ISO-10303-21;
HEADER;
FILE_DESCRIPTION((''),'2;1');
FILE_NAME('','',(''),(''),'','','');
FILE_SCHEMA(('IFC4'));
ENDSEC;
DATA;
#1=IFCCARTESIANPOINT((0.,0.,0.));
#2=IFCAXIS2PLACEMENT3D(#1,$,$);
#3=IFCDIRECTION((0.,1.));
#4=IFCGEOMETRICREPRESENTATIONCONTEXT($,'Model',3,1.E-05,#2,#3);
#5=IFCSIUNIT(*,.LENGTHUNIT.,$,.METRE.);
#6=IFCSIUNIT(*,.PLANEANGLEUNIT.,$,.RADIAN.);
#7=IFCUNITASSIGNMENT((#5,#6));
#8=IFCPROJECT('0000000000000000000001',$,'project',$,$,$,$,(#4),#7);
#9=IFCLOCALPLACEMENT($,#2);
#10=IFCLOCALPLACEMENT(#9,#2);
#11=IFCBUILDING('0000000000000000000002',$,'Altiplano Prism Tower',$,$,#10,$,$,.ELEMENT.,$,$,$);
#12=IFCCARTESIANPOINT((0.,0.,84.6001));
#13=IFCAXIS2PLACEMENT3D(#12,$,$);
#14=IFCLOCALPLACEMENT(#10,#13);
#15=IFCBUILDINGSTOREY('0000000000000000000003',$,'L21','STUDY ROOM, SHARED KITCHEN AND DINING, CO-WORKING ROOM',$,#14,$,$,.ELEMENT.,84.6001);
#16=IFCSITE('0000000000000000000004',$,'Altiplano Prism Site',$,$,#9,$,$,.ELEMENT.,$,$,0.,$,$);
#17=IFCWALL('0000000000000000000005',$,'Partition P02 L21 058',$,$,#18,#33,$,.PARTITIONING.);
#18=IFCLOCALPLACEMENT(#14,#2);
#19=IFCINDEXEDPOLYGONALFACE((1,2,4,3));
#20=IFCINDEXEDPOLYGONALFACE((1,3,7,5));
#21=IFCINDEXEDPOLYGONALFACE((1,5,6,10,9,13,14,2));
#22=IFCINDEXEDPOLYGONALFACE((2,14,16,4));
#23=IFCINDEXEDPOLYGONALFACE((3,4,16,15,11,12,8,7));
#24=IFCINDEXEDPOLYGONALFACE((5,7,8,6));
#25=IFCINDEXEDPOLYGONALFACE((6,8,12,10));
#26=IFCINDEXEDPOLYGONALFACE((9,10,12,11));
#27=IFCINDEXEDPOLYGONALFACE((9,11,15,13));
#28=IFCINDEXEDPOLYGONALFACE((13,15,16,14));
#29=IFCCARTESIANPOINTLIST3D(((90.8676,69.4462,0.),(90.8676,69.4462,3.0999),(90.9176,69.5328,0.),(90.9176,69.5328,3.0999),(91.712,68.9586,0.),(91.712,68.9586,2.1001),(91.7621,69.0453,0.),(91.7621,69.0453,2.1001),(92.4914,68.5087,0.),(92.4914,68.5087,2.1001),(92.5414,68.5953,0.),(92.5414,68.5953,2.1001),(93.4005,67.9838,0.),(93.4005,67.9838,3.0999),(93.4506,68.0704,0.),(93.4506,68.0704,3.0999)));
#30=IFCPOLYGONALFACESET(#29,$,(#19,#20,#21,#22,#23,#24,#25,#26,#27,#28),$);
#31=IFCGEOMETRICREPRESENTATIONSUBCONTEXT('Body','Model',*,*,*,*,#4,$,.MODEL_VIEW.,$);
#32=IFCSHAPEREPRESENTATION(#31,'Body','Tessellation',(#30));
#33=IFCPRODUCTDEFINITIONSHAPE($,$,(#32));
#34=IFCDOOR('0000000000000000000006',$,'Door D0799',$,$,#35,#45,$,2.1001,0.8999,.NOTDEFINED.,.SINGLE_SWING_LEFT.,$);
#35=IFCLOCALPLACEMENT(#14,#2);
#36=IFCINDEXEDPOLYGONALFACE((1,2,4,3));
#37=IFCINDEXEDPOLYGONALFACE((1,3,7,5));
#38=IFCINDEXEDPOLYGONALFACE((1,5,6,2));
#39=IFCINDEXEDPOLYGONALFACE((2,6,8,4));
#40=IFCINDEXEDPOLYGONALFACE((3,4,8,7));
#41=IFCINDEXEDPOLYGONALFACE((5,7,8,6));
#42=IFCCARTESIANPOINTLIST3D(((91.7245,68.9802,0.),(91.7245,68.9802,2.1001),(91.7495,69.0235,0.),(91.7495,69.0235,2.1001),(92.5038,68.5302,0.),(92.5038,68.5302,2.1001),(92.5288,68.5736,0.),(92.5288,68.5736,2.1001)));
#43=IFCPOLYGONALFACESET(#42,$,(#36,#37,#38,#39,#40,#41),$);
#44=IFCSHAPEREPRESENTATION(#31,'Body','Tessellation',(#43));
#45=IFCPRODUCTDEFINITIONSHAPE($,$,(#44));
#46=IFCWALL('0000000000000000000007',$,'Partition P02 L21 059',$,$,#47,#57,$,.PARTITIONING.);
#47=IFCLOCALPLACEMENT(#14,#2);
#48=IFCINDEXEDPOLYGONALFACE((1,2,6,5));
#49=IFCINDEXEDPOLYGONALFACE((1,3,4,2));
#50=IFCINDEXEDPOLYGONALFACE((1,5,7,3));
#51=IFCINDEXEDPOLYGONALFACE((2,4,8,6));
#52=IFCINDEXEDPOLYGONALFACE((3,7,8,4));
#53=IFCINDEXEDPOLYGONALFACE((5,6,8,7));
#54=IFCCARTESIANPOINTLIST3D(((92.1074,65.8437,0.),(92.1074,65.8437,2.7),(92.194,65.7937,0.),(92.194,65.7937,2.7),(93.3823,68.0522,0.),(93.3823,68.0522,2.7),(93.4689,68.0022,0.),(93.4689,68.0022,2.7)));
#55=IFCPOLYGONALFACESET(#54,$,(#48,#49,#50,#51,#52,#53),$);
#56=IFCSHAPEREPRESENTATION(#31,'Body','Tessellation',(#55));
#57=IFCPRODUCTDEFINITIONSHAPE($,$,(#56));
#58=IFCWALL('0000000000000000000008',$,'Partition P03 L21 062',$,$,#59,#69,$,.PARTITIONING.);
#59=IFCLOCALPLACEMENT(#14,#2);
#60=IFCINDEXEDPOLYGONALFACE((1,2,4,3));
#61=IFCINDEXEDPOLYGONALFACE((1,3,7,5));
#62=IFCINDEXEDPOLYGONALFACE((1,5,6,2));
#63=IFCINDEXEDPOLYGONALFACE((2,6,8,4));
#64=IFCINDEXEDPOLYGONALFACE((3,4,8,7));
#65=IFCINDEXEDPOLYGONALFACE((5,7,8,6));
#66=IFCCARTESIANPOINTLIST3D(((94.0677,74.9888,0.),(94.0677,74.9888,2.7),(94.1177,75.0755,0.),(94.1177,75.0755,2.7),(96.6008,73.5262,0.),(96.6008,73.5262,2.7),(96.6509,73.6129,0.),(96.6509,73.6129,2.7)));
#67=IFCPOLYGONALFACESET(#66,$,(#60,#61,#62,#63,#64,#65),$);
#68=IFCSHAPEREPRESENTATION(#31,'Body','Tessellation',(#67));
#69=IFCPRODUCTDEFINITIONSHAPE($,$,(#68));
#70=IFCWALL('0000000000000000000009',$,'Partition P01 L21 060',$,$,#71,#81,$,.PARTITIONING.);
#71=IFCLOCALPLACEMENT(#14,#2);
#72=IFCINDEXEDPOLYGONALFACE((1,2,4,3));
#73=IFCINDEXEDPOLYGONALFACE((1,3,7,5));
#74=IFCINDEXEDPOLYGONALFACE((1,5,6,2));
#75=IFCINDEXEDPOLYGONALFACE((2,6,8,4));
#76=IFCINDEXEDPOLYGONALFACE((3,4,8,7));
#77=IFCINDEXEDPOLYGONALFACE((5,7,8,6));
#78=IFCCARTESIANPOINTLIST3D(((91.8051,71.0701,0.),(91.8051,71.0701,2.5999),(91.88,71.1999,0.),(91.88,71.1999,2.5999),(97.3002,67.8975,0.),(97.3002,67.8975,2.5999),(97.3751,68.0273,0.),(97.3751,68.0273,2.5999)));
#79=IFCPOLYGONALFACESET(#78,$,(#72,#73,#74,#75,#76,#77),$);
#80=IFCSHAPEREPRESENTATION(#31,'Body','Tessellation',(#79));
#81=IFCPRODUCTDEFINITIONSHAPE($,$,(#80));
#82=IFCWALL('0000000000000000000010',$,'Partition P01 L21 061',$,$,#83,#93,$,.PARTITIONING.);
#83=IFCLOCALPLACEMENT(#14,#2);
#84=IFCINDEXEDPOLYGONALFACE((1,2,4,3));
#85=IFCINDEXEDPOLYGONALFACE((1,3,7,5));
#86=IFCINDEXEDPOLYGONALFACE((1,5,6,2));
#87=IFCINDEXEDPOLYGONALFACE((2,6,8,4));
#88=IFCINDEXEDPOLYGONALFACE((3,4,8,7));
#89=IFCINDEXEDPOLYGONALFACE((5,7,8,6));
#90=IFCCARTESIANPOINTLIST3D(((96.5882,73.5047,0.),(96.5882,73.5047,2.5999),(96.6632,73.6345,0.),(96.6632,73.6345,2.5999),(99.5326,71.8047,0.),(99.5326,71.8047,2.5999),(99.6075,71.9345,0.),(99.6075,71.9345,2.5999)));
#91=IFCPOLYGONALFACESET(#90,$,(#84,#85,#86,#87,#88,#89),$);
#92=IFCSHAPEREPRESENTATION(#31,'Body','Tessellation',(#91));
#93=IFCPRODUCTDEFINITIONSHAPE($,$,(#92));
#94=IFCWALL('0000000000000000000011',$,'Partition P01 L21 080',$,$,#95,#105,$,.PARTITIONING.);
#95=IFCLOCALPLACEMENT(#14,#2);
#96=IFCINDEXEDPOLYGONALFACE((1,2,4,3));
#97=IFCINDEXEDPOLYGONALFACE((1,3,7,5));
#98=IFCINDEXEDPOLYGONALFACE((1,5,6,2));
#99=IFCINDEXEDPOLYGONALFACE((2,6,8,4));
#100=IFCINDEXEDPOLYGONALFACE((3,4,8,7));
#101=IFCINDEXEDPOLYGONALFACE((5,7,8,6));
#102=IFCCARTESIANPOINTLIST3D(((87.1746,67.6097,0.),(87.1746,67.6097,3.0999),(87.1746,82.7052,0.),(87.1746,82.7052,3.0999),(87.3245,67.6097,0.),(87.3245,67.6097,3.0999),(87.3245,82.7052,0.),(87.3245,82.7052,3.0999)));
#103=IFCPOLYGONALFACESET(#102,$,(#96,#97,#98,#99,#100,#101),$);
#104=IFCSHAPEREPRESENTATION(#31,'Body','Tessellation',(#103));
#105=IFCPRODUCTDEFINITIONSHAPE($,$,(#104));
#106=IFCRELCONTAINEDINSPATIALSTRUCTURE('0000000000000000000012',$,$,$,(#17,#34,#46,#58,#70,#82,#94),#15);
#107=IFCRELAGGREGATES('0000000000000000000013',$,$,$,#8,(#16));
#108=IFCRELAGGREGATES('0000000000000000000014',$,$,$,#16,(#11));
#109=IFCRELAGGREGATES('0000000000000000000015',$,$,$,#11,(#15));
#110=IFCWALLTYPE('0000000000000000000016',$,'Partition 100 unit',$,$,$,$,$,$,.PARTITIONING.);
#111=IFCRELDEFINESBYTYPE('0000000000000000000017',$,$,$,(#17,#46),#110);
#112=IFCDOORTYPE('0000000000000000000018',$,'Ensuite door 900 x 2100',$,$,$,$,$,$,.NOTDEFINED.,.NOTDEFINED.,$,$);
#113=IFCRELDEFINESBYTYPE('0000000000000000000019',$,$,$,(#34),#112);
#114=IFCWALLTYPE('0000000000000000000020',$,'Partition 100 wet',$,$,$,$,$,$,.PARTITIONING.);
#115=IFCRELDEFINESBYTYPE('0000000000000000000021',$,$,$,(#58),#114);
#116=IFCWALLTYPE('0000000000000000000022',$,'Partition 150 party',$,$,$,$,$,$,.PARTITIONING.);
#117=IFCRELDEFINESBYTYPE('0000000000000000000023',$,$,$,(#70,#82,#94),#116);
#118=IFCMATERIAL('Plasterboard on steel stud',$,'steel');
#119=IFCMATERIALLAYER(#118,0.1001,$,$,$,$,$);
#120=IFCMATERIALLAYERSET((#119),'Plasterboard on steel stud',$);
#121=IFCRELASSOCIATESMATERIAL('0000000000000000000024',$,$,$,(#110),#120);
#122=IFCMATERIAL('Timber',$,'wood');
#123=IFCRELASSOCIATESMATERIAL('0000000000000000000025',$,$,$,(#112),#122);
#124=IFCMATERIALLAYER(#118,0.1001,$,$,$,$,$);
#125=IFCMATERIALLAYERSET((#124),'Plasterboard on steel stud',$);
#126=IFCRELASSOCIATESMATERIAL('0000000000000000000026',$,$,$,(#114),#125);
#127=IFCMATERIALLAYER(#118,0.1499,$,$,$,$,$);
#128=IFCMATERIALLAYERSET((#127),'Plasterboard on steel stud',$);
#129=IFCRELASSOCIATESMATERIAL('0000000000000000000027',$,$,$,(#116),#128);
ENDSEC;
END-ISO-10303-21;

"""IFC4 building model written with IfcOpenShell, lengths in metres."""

from ifc_helpers import new_model, si_unit, direction, frame, frame_2d, origin, place, context, subcontext, project, spatial, rectangle, extrude, material, layer, layer_set, type_object, element, fill, save


model = new_model("IFC4")

# Units and contexts
model_context = context("Model", 3, precision=1e-05, world=origin(), true_north=direction((0.0, 1.0)))
body_context = subcontext(model_context, "Body", "Model", "MODEL_VIEW")
ifc_project = project(units=[si_unit("LENGTHUNIT", "METRE"), si_unit("PLANEANGLEUNIT", "RADIAN")], contexts=[model_context])

# Site, building, storey
site_placement = place(None, origin())
site = spatial("IfcSite", under=ifc_project, at=site_placement, Name="Altiplano Prism Site", CompositionType="ELEMENT", RefElevation=0.0)
building_placement = place(site_placement, origin())
building = spatial("IfcBuilding", under=site, at=building_placement, Name="Altiplano Prism Tower", CompositionType="ELEMENT")
storey_placement = place(building_placement, frame((0.0, 0.0, 84.6001)))
storey = spatial("IfcBuildingStorey", under=building, at=storey_placement, Name="L21", Description="STUDY ROOM, SHARED KITCHEN AND DINING, CO-WORKING ROOM", CompositionType="ELEMENT", Elevation=84.6001)

# Wall, opening, door
ifc_material_1 = material(Name="Plasterboard on steel stud", Category="steel")
ifc_layer_1 = layer(ifc_material_1, 0.1001)
ifc_layer_set_1 = layer_set([ifc_layer_1], Name="Plasterboard on steel stud")
wall_type_1 = type_object("IfcWallType", Name="Partition 100 unit", PredefinedType="PARTITIONING", material=ifc_layer_set_1)
wall_1_placement = place(storey_placement, frame((90.8926, 69.4895, 0.0), z_axis=(0.0, 0.0, 1.0), x_axis=(0.866026, -0.499999, 0.0)))
wall_1 = element("IfcWall", 1, at=wall_1_placement, inside=storey, type_object=wall_type_1, Name="Partition P02 L21 058", PredefinedType="PARTITIONING", context=body_context, shape_type="SweptSolid", body=[
    extrude(rectangle(XDim=2.9248, YDim=0.1001, at=frame_2d((1.4624, 0.0))), origin(), (0.0, 0.0, 1.0), 3.0999),
])
opening_placement = place(wall_1_placement, frame((0.9751, 0.0, 0.0)))
opening = element("IfcOpeningElement", 2, at=opening_placement, cuts=wall_1, PredefinedType="OPENING", context=body_context, shape_type="SweptSolid", body=[
    extrude(rectangle(XDim=0.8999, YDim=2.1001, at=frame_2d((0.45, 1.05))), frame((0.0, 0.0605, 0.0), z_axis=(0.0, -1.0, 0.0), x_axis=(1.0, 0.0, 0.0)), (0.0, 0.0, 1.0), 0.1211),
])
ifc_material_2 = material(Name="Timber", Category="wood")
door_type = type_object("IfcDoorType", Name="Ensuite door 900 x 2100", OperationType="NOTDEFINED", PredefinedType="NOTDEFINED", material=ifc_material_2)
door_placement = place(opening_placement, origin())
door = element("IfcDoor", 3, at=door_placement, inside=storey, type_object=door_type, Name="Door D0799", OperationType="SINGLE_SWING_LEFT", OverallHeight=2.1001, OverallWidth=0.8999, PredefinedType="NOTDEFINED", context=body_context, shape_type="SweptSolid", body=[
    extrude(rectangle(XDim=0.8999, YDim=2.1001, at=frame_2d((0.45, 1.05))), frame((0.0, 0.0249, 0.0), z_axis=(0.0, -1.0, 0.0), x_axis=(1.0, 0.0, 0.0)), (0.0, 0.0, 1.0), 0.05),
])
fill(opening, door)

# Walls
wall_2_placement = place(storey_placement, frame((93.4255, 68.0271, 0.0), z_axis=(0.0, 0.0, 1.0), x_axis=(-0.499949, -0.866055, 0.0)))
element("IfcWall", 4, at=wall_2_placement, inside=storey, type_object=wall_type_1, Name="Partition P02 L21 059", PredefinedType="PARTITIONING", context=body_context, shape_type="SweptSolid", body=[
    extrude(rectangle(XDim=2.55, YDim=0.1001, at=frame_2d((1.2749, 0.0))), origin(), (0.0, 0.0, 1.0), 2.7),
])
ifc_layer_2 = layer(ifc_material_1, 0.1001)
ifc_layer_set_2 = layer_set([ifc_layer_2], Name="Plasterboard on steel stud")
wall_type_2 = type_object("IfcWallType", Name="Partition 100 wet", PredefinedType="PARTITIONING", material=ifc_layer_set_2)
wall_3_placement = place(storey_placement, frame((96.6257, 73.5696, 0.0), z_axis=(0.0, 0.0, 1.0), x_axis=(-0.86601, 0.500026, 0.0)))
element("IfcWall", 5, at=wall_3_placement, inside=storey, type_object=wall_type_2, Name="Partition P03 L21 062", PredefinedType="PARTITIONING", context=body_context, shape_type="SweptSolid", body=[
    extrude(rectangle(XDim=2.925, YDim=0.1001, at=frame_2d((1.4624, 0.0))), origin(), (0.0, 0.0, 1.0), 2.7),
])
ifc_layer_3 = layer(ifc_material_1, 0.1499)
ifc_layer_set_3 = layer_set([ifc_layer_3], Name="Plasterboard on steel stud")
wall_type_3 = type_object("IfcWallType", Name="Partition 150 party", PredefinedType="PARTITIONING", material=ifc_layer_set_3)
wall_4_placement = place(storey_placement, frame((97.3376, 67.9624, 0.0), z_axis=(0.0, 0.0, 1.0), x_axis=(-0.866025, 0.5, 0.0)))
element("IfcWall", 6, at=wall_4_placement, inside=storey, type_object=wall_type_3, Name="Partition P01 L21 060", PredefinedType="PARTITIONING", context=body_context, shape_type="SweptSolid", body=[
    extrude(rectangle(XDim=6.3452, YDim=0.1499, at=frame_2d((3.1726, 0.0))), origin(), (0.0, 0.0, 1.0), 2.5999),
])
wall_5_placement = place(storey_placement, frame((99.5701, 71.8696, 0.0), z_axis=(0.0, 0.0, 1.0), x_axis=(-0.866021, 0.500008, 0.0)))
element("IfcWall", 7, at=wall_5_placement, inside=storey, type_object=wall_type_3, Name="Partition P01 L21 061", PredefinedType="PARTITIONING", context=body_context, shape_type="SweptSolid", body=[
    extrude(rectangle(XDim=3.3999, YDim=0.1499, at=frame_2d((1.7, 0.0))), origin(), (0.0, 0.0, 1.0), 2.5999),
])
wall_6_placement = place(storey_placement, frame((87.2495, 67.6096, 0.0), z_axis=(0.0, 0.0, 1.0), x_axis=(0.0, 1.0, 0.0)))
element("IfcWall", 8, at=wall_6_placement, inside=storey, type_object=wall_type_3, Name="Partition P01 L21 080", PredefinedType="PARTITIONING", context=body_context, shape_type="SweptSolid", body=[
    extrude(rectangle(XDim=15.0955, YDim=0.1499, at=frame_2d((7.5479, 0.0))), origin(), (0.0, 0.0, 1.0), 3.0999),
])

save(model, "model.ifc")
